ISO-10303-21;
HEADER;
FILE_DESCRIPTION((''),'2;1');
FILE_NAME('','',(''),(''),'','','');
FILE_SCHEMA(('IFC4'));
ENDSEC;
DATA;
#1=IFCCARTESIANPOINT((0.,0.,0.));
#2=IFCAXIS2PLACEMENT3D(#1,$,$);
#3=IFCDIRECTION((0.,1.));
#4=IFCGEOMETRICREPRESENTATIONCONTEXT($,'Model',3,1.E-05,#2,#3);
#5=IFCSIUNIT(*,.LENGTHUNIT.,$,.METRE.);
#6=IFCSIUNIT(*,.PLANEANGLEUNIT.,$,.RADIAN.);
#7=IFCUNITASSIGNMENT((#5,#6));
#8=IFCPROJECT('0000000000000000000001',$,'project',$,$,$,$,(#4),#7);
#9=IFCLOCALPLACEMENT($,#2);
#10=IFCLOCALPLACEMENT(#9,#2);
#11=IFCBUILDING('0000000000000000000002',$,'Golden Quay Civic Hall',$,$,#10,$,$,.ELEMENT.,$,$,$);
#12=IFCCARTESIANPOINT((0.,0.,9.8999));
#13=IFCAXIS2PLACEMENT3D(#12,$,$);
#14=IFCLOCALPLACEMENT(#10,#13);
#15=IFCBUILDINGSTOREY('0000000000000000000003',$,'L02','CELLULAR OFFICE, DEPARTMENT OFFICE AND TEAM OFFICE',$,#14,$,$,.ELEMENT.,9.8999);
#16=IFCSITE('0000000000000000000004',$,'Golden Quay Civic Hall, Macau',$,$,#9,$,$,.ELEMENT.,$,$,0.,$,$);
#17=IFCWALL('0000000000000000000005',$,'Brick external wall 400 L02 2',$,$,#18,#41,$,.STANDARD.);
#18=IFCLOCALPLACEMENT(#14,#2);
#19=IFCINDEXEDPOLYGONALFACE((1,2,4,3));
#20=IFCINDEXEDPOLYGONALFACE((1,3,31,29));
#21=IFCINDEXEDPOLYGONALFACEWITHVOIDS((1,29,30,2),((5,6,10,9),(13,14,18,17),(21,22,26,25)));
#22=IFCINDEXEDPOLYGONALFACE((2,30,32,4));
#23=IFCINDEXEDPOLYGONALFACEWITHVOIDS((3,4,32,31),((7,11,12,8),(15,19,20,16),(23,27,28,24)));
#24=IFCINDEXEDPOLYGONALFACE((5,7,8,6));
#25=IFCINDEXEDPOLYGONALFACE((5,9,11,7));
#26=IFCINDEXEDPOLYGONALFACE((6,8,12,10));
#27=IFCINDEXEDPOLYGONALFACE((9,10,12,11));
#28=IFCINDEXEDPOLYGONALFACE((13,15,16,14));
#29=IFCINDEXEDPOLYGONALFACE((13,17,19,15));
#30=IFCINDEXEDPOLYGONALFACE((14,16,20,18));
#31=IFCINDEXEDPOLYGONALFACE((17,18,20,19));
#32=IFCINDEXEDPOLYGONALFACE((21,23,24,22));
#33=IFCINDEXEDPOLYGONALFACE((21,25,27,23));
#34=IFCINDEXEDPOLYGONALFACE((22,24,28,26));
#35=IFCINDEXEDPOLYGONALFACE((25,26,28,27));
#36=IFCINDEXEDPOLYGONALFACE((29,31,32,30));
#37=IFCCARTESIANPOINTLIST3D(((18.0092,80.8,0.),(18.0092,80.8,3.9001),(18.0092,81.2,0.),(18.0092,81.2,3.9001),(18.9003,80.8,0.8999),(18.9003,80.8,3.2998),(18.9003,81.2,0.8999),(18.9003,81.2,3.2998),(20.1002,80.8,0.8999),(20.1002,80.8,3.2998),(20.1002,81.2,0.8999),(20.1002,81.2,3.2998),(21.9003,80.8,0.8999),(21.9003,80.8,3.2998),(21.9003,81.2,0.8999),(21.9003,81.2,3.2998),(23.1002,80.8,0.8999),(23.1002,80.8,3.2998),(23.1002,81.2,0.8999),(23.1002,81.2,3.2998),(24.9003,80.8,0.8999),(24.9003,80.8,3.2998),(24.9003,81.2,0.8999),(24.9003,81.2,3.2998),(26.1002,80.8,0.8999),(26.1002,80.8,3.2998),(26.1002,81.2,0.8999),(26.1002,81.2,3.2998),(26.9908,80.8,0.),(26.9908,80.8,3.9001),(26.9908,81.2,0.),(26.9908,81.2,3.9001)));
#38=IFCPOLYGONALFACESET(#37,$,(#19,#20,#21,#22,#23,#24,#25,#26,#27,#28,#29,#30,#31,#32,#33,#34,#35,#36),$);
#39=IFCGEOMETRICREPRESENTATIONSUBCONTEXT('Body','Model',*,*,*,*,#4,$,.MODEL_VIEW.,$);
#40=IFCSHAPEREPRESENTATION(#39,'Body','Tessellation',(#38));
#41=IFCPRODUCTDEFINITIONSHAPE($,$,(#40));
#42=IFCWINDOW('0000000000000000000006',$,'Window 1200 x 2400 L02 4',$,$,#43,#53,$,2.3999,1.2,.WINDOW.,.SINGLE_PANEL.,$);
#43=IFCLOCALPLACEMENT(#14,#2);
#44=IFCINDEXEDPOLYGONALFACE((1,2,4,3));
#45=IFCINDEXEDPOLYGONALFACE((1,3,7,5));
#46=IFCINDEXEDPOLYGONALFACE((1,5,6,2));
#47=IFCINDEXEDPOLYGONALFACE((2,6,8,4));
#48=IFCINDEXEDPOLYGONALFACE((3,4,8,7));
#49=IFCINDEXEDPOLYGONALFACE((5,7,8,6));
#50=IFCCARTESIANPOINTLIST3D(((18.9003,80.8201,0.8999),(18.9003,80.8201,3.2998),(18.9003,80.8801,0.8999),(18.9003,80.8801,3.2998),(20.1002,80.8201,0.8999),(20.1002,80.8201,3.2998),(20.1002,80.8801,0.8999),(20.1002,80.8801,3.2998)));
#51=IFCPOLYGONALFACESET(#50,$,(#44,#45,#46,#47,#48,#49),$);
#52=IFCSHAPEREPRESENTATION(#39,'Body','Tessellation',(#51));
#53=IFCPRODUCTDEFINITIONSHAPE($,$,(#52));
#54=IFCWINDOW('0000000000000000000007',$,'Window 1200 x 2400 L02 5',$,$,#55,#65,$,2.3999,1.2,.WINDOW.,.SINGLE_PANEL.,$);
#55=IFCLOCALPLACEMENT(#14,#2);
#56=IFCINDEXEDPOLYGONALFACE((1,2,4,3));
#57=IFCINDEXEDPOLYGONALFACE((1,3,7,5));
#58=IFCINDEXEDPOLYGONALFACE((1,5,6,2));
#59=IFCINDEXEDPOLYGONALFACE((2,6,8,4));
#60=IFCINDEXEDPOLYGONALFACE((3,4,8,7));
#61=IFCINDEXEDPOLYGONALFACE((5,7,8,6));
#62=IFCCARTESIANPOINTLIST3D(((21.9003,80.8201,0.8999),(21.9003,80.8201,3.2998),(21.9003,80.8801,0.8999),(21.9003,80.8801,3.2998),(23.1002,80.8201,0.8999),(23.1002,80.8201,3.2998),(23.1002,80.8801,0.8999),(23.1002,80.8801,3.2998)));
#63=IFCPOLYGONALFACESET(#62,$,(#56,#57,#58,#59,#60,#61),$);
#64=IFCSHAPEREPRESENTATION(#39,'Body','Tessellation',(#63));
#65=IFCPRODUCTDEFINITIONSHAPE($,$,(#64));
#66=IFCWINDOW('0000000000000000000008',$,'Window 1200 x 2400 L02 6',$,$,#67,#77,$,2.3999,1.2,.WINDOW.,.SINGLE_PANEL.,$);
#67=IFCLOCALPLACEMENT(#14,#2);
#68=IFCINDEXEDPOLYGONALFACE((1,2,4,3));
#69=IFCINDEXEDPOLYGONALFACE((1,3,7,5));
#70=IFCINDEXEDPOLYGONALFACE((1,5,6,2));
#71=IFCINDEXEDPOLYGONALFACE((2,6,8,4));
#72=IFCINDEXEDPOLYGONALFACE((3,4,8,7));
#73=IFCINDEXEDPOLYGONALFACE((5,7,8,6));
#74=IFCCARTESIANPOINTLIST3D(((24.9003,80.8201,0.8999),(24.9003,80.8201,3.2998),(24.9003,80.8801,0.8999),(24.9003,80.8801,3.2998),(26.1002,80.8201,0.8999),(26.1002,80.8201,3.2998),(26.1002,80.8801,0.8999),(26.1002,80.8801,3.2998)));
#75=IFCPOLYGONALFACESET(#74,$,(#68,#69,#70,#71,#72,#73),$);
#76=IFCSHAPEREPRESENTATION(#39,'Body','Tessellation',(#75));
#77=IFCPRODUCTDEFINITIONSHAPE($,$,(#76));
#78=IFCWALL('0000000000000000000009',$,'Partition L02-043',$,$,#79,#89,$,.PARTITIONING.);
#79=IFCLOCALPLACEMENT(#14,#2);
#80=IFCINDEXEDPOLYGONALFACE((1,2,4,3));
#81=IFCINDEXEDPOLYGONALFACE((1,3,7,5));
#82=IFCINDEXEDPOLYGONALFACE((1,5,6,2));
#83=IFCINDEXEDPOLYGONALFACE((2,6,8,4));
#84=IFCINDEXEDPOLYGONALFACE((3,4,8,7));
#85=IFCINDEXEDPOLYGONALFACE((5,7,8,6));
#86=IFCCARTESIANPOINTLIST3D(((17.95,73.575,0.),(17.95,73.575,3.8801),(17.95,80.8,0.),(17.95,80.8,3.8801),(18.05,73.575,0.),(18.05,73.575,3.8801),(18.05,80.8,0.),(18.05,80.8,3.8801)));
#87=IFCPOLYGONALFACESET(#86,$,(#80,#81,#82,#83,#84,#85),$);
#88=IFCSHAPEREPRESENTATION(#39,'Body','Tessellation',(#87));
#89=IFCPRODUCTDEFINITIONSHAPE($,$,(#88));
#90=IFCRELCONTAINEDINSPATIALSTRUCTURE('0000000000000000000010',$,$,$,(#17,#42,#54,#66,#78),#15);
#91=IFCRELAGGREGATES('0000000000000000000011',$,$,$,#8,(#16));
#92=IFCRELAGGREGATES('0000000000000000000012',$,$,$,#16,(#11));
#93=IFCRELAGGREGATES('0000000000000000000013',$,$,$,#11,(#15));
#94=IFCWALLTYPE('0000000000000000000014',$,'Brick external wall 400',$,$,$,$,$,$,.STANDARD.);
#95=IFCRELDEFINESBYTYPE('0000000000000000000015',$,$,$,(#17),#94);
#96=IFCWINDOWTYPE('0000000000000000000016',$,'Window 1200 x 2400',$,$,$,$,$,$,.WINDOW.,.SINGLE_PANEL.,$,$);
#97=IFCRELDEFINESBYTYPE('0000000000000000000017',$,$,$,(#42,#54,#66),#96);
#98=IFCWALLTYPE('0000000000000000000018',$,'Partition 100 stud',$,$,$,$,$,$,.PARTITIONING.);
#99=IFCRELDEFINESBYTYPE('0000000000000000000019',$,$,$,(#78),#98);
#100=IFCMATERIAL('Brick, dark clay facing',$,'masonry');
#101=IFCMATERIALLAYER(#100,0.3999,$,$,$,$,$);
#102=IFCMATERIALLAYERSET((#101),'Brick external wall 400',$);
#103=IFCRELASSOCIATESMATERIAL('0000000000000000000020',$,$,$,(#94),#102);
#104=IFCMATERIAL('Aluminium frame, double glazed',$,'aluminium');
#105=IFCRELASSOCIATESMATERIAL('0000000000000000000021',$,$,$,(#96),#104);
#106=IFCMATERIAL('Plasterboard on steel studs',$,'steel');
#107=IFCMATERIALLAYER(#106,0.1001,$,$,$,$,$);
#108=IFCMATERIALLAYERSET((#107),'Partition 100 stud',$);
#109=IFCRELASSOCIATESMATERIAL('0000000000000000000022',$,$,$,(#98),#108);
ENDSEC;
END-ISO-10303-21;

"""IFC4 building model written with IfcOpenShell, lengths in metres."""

from ifc_helpers import new_model, si_unit, direction, frame, frame_2d, origin, place, context, subcontext, project, spatial, rectangle, extrude, material, layer, layer_set, type_object, element, fill, save


model = new_model("IFC4")

# Units and contexts
model_context = context("Model", 3, precision=1e-05, world=origin(), true_north=direction((0.0, 1.0)))
body_context = subcontext(model_context, "Body", "Model", "MODEL_VIEW")
ifc_project = project(units=[si_unit("LENGTHUNIT", "METRE"), si_unit("PLANEANGLEUNIT", "RADIAN")], contexts=[model_context])

# Site, building, storey
site_placement = place(None, origin())
site = spatial("IfcSite", under=ifc_project, at=site_placement, Name="Golden Quay Civic Hall, Macau", CompositionType="ELEMENT", RefElevation=0.0)
building_placement = place(site_placement, origin())
building = spatial("IfcBuilding", under=site, at=building_placement, Name="Golden Quay Civic Hall", CompositionType="ELEMENT")
storey_placement = place(building_placement, frame((0.0, 0.0, 9.8999)))
storey = spatial("IfcBuildingStorey", under=building, at=storey_placement, Name="L02", Description="CELLULAR OFFICE, DEPARTMENT OFFICE AND TEAM OFFICE", CompositionType="ELEMENT", Elevation=9.8999)

# Wall, openings, windows
ifc_material_1 = material(Name="Brick, dark clay facing", Category="masonry")
ifc_layer_1 = layer(ifc_material_1, 0.3999)
ifc_layer_set_1 = layer_set([ifc_layer_1], Name="Brick external wall 400")
wall_type_1 = type_object("IfcWallType", Name="Brick external wall 400", PredefinedType="STANDARD", material=ifc_layer_set_1)
wall_1_placement = place(storey_placement, frame((18.0093, 81.0, 0.0), z_axis=(0.0, 0.0, 1.0), x_axis=(1.0, 0.0, 0.0)))
wall_1 = element("IfcWall", 1, at=wall_1_placement, inside=storey, type_object=wall_type_1, Name="Brick external wall 400 L02 2", PredefinedType="STANDARD", context=body_context, shape_type="SweptSolid", body=[
    extrude(rectangle(XDim=8.9817, YDim=0.3999, at=frame_2d((4.4907, 0.0))), origin(), (0.0, 0.0, 1.0), 3.9001),
])
opening_1_placement = place(wall_1_placement, frame((0.8909, 0.0, 0.8999)))
opening_1 = element("IfcOpeningElement", 2, at=opening_1_placement, cuts=wall_1, PredefinedType="OPENING", context=body_context, shape_type="SweptSolid", body=[
    extrude(rectangle(XDim=1.2, YDim=2.3999, at=frame_2d((0.6001, 1.2))), frame((0.0, 0.21, 0.0), z_axis=(0.0, -1.0, 0.0), x_axis=(1.0, 0.0, 0.0)), (0.0, 0.0, 1.0), 0.4199),
])
opening_2_placement = place(wall_1_placement, frame((3.8909, 0.0, 0.8999)))
opening_2 = element("IfcOpeningElement", 3, at=opening_2_placement, cuts=wall_1, PredefinedType="OPENING", context=body_context, shape_type="SweptSolid", body=[
    extrude(rectangle(XDim=1.2, YDim=2.3999, at=frame_2d((0.6001, 1.2))), frame((0.0, 0.21, 0.0), z_axis=(0.0, -1.0, 0.0), x_axis=(1.0, 0.0, 0.0)), (0.0, 0.0, 1.0), 0.4199),
])
opening_3_placement = place(wall_1_placement, frame((6.8909, 0.0, 0.8999)))
opening_3 = element("IfcOpeningElement", 4, at=opening_3_placement, cuts=wall_1, PredefinedType="OPENING", context=body_context, shape_type="SweptSolid", body=[
    extrude(rectangle(XDim=1.2, YDim=2.3999, at=frame_2d((0.6001, 1.2))), frame((0.0, 0.21, 0.0), z_axis=(0.0, -1.0, 0.0), x_axis=(1.0, 0.0, 0.0)), (0.0, 0.0, 1.0), 0.4199),
])
ifc_material_2 = material(Name="Aluminium frame, double glazed", Category="aluminium")
window_type = type_object("IfcWindowType", Name="Window 1200 x 2400", PartitioningType="SINGLE_PANEL", PredefinedType="WINDOW", material=ifc_material_2)
window_1_placement = place(opening_1_placement, origin())
window_1 = element("IfcWindow", 5, at=window_1_placement, inside=storey, type_object=window_type, Name="Window 1200 x 2400 L02 4", OverallHeight=2.3999, OverallWidth=1.2, PartitioningType="SINGLE_PANEL", PredefinedType="WINDOW", context=body_context, shape_type="SweptSolid", body=[
    extrude(rectangle(XDim=1.2, YDim=2.3999, at=frame_2d((0.6001, 1.2))), frame((0.0, -0.1199, 0.0), z_axis=(0.0, -1.0, 0.0), x_axis=(1.0, 0.0, 0.0)), (0.0, 0.0, 1.0), 0.0601),
])
fill(opening_1, window_1)
window_2_placement = place(opening_2_placement, origin())
window_2 = element("IfcWindow", 6, at=window_2_placement, inside=storey, type_object=window_type, Name="Window 1200 x 2400 L02 5", OverallHeight=2.3999, OverallWidth=1.2, PartitioningType="SINGLE_PANEL", PredefinedType="WINDOW", context=body_context, shape_type="SweptSolid", body=[
    extrude(rectangle(XDim=1.2, YDim=2.3999, at=frame_2d((0.6001, 1.2))), frame((0.0, -0.1199, 0.0), z_axis=(0.0, -1.0, 0.0), x_axis=(1.0, 0.0, 0.0)), (0.0, 0.0, 1.0), 0.0601),
])
fill(opening_2, window_2)
window_3_placement = place(opening_3_placement, origin())
window_3 = element("IfcWindow", 7, at=window_3_placement, inside=storey, type_object=window_type, Name="Window 1200 x 2400 L02 6", OverallHeight=2.3999, OverallWidth=1.2, PartitioningType="SINGLE_PANEL", PredefinedType="WINDOW", context=body_context, shape_type="SweptSolid", body=[
    extrude(rectangle(XDim=1.2, YDim=2.3999, at=frame_2d((0.6001, 1.2))), frame((0.0, -0.1199, 0.0), z_axis=(0.0, -1.0, 0.0), x_axis=(1.0, 0.0, 0.0)), (0.0, 0.0, 1.0), 0.0601),
])
fill(opening_3, window_3)

# Wall
ifc_material_3 = material(Name="Plasterboard on steel studs", Category="steel")
ifc_layer_2 = layer(ifc_material_3, 0.1001)
ifc_layer_set_2 = layer_set([ifc_layer_2], Name="Partition 100 stud")
wall_type_2 = type_object("IfcWallType", Name="Partition 100 stud", PredefinedType="PARTITIONING", material=ifc_layer_set_2)
wall_2_placement = place(storey_placement, frame((18.0, 73.575, 0.0), z_axis=(0.0, 0.0, 1.0), x_axis=(0.0, 1.0, 0.0)))
element("IfcWall", 8, at=wall_2_placement, inside=storey, type_object=wall_type_2, Name="Partition L02-043", PredefinedType="PARTITIONING", context=body_context, shape_type="SweptSolid", body=[
    extrude(rectangle(XDim=7.2251, YDim=0.1001, at=frame_2d((3.6125, 0.0))), origin(), (0.0, 0.0, 1.0), 3.8801),
])

save(model, "model.ifc")
